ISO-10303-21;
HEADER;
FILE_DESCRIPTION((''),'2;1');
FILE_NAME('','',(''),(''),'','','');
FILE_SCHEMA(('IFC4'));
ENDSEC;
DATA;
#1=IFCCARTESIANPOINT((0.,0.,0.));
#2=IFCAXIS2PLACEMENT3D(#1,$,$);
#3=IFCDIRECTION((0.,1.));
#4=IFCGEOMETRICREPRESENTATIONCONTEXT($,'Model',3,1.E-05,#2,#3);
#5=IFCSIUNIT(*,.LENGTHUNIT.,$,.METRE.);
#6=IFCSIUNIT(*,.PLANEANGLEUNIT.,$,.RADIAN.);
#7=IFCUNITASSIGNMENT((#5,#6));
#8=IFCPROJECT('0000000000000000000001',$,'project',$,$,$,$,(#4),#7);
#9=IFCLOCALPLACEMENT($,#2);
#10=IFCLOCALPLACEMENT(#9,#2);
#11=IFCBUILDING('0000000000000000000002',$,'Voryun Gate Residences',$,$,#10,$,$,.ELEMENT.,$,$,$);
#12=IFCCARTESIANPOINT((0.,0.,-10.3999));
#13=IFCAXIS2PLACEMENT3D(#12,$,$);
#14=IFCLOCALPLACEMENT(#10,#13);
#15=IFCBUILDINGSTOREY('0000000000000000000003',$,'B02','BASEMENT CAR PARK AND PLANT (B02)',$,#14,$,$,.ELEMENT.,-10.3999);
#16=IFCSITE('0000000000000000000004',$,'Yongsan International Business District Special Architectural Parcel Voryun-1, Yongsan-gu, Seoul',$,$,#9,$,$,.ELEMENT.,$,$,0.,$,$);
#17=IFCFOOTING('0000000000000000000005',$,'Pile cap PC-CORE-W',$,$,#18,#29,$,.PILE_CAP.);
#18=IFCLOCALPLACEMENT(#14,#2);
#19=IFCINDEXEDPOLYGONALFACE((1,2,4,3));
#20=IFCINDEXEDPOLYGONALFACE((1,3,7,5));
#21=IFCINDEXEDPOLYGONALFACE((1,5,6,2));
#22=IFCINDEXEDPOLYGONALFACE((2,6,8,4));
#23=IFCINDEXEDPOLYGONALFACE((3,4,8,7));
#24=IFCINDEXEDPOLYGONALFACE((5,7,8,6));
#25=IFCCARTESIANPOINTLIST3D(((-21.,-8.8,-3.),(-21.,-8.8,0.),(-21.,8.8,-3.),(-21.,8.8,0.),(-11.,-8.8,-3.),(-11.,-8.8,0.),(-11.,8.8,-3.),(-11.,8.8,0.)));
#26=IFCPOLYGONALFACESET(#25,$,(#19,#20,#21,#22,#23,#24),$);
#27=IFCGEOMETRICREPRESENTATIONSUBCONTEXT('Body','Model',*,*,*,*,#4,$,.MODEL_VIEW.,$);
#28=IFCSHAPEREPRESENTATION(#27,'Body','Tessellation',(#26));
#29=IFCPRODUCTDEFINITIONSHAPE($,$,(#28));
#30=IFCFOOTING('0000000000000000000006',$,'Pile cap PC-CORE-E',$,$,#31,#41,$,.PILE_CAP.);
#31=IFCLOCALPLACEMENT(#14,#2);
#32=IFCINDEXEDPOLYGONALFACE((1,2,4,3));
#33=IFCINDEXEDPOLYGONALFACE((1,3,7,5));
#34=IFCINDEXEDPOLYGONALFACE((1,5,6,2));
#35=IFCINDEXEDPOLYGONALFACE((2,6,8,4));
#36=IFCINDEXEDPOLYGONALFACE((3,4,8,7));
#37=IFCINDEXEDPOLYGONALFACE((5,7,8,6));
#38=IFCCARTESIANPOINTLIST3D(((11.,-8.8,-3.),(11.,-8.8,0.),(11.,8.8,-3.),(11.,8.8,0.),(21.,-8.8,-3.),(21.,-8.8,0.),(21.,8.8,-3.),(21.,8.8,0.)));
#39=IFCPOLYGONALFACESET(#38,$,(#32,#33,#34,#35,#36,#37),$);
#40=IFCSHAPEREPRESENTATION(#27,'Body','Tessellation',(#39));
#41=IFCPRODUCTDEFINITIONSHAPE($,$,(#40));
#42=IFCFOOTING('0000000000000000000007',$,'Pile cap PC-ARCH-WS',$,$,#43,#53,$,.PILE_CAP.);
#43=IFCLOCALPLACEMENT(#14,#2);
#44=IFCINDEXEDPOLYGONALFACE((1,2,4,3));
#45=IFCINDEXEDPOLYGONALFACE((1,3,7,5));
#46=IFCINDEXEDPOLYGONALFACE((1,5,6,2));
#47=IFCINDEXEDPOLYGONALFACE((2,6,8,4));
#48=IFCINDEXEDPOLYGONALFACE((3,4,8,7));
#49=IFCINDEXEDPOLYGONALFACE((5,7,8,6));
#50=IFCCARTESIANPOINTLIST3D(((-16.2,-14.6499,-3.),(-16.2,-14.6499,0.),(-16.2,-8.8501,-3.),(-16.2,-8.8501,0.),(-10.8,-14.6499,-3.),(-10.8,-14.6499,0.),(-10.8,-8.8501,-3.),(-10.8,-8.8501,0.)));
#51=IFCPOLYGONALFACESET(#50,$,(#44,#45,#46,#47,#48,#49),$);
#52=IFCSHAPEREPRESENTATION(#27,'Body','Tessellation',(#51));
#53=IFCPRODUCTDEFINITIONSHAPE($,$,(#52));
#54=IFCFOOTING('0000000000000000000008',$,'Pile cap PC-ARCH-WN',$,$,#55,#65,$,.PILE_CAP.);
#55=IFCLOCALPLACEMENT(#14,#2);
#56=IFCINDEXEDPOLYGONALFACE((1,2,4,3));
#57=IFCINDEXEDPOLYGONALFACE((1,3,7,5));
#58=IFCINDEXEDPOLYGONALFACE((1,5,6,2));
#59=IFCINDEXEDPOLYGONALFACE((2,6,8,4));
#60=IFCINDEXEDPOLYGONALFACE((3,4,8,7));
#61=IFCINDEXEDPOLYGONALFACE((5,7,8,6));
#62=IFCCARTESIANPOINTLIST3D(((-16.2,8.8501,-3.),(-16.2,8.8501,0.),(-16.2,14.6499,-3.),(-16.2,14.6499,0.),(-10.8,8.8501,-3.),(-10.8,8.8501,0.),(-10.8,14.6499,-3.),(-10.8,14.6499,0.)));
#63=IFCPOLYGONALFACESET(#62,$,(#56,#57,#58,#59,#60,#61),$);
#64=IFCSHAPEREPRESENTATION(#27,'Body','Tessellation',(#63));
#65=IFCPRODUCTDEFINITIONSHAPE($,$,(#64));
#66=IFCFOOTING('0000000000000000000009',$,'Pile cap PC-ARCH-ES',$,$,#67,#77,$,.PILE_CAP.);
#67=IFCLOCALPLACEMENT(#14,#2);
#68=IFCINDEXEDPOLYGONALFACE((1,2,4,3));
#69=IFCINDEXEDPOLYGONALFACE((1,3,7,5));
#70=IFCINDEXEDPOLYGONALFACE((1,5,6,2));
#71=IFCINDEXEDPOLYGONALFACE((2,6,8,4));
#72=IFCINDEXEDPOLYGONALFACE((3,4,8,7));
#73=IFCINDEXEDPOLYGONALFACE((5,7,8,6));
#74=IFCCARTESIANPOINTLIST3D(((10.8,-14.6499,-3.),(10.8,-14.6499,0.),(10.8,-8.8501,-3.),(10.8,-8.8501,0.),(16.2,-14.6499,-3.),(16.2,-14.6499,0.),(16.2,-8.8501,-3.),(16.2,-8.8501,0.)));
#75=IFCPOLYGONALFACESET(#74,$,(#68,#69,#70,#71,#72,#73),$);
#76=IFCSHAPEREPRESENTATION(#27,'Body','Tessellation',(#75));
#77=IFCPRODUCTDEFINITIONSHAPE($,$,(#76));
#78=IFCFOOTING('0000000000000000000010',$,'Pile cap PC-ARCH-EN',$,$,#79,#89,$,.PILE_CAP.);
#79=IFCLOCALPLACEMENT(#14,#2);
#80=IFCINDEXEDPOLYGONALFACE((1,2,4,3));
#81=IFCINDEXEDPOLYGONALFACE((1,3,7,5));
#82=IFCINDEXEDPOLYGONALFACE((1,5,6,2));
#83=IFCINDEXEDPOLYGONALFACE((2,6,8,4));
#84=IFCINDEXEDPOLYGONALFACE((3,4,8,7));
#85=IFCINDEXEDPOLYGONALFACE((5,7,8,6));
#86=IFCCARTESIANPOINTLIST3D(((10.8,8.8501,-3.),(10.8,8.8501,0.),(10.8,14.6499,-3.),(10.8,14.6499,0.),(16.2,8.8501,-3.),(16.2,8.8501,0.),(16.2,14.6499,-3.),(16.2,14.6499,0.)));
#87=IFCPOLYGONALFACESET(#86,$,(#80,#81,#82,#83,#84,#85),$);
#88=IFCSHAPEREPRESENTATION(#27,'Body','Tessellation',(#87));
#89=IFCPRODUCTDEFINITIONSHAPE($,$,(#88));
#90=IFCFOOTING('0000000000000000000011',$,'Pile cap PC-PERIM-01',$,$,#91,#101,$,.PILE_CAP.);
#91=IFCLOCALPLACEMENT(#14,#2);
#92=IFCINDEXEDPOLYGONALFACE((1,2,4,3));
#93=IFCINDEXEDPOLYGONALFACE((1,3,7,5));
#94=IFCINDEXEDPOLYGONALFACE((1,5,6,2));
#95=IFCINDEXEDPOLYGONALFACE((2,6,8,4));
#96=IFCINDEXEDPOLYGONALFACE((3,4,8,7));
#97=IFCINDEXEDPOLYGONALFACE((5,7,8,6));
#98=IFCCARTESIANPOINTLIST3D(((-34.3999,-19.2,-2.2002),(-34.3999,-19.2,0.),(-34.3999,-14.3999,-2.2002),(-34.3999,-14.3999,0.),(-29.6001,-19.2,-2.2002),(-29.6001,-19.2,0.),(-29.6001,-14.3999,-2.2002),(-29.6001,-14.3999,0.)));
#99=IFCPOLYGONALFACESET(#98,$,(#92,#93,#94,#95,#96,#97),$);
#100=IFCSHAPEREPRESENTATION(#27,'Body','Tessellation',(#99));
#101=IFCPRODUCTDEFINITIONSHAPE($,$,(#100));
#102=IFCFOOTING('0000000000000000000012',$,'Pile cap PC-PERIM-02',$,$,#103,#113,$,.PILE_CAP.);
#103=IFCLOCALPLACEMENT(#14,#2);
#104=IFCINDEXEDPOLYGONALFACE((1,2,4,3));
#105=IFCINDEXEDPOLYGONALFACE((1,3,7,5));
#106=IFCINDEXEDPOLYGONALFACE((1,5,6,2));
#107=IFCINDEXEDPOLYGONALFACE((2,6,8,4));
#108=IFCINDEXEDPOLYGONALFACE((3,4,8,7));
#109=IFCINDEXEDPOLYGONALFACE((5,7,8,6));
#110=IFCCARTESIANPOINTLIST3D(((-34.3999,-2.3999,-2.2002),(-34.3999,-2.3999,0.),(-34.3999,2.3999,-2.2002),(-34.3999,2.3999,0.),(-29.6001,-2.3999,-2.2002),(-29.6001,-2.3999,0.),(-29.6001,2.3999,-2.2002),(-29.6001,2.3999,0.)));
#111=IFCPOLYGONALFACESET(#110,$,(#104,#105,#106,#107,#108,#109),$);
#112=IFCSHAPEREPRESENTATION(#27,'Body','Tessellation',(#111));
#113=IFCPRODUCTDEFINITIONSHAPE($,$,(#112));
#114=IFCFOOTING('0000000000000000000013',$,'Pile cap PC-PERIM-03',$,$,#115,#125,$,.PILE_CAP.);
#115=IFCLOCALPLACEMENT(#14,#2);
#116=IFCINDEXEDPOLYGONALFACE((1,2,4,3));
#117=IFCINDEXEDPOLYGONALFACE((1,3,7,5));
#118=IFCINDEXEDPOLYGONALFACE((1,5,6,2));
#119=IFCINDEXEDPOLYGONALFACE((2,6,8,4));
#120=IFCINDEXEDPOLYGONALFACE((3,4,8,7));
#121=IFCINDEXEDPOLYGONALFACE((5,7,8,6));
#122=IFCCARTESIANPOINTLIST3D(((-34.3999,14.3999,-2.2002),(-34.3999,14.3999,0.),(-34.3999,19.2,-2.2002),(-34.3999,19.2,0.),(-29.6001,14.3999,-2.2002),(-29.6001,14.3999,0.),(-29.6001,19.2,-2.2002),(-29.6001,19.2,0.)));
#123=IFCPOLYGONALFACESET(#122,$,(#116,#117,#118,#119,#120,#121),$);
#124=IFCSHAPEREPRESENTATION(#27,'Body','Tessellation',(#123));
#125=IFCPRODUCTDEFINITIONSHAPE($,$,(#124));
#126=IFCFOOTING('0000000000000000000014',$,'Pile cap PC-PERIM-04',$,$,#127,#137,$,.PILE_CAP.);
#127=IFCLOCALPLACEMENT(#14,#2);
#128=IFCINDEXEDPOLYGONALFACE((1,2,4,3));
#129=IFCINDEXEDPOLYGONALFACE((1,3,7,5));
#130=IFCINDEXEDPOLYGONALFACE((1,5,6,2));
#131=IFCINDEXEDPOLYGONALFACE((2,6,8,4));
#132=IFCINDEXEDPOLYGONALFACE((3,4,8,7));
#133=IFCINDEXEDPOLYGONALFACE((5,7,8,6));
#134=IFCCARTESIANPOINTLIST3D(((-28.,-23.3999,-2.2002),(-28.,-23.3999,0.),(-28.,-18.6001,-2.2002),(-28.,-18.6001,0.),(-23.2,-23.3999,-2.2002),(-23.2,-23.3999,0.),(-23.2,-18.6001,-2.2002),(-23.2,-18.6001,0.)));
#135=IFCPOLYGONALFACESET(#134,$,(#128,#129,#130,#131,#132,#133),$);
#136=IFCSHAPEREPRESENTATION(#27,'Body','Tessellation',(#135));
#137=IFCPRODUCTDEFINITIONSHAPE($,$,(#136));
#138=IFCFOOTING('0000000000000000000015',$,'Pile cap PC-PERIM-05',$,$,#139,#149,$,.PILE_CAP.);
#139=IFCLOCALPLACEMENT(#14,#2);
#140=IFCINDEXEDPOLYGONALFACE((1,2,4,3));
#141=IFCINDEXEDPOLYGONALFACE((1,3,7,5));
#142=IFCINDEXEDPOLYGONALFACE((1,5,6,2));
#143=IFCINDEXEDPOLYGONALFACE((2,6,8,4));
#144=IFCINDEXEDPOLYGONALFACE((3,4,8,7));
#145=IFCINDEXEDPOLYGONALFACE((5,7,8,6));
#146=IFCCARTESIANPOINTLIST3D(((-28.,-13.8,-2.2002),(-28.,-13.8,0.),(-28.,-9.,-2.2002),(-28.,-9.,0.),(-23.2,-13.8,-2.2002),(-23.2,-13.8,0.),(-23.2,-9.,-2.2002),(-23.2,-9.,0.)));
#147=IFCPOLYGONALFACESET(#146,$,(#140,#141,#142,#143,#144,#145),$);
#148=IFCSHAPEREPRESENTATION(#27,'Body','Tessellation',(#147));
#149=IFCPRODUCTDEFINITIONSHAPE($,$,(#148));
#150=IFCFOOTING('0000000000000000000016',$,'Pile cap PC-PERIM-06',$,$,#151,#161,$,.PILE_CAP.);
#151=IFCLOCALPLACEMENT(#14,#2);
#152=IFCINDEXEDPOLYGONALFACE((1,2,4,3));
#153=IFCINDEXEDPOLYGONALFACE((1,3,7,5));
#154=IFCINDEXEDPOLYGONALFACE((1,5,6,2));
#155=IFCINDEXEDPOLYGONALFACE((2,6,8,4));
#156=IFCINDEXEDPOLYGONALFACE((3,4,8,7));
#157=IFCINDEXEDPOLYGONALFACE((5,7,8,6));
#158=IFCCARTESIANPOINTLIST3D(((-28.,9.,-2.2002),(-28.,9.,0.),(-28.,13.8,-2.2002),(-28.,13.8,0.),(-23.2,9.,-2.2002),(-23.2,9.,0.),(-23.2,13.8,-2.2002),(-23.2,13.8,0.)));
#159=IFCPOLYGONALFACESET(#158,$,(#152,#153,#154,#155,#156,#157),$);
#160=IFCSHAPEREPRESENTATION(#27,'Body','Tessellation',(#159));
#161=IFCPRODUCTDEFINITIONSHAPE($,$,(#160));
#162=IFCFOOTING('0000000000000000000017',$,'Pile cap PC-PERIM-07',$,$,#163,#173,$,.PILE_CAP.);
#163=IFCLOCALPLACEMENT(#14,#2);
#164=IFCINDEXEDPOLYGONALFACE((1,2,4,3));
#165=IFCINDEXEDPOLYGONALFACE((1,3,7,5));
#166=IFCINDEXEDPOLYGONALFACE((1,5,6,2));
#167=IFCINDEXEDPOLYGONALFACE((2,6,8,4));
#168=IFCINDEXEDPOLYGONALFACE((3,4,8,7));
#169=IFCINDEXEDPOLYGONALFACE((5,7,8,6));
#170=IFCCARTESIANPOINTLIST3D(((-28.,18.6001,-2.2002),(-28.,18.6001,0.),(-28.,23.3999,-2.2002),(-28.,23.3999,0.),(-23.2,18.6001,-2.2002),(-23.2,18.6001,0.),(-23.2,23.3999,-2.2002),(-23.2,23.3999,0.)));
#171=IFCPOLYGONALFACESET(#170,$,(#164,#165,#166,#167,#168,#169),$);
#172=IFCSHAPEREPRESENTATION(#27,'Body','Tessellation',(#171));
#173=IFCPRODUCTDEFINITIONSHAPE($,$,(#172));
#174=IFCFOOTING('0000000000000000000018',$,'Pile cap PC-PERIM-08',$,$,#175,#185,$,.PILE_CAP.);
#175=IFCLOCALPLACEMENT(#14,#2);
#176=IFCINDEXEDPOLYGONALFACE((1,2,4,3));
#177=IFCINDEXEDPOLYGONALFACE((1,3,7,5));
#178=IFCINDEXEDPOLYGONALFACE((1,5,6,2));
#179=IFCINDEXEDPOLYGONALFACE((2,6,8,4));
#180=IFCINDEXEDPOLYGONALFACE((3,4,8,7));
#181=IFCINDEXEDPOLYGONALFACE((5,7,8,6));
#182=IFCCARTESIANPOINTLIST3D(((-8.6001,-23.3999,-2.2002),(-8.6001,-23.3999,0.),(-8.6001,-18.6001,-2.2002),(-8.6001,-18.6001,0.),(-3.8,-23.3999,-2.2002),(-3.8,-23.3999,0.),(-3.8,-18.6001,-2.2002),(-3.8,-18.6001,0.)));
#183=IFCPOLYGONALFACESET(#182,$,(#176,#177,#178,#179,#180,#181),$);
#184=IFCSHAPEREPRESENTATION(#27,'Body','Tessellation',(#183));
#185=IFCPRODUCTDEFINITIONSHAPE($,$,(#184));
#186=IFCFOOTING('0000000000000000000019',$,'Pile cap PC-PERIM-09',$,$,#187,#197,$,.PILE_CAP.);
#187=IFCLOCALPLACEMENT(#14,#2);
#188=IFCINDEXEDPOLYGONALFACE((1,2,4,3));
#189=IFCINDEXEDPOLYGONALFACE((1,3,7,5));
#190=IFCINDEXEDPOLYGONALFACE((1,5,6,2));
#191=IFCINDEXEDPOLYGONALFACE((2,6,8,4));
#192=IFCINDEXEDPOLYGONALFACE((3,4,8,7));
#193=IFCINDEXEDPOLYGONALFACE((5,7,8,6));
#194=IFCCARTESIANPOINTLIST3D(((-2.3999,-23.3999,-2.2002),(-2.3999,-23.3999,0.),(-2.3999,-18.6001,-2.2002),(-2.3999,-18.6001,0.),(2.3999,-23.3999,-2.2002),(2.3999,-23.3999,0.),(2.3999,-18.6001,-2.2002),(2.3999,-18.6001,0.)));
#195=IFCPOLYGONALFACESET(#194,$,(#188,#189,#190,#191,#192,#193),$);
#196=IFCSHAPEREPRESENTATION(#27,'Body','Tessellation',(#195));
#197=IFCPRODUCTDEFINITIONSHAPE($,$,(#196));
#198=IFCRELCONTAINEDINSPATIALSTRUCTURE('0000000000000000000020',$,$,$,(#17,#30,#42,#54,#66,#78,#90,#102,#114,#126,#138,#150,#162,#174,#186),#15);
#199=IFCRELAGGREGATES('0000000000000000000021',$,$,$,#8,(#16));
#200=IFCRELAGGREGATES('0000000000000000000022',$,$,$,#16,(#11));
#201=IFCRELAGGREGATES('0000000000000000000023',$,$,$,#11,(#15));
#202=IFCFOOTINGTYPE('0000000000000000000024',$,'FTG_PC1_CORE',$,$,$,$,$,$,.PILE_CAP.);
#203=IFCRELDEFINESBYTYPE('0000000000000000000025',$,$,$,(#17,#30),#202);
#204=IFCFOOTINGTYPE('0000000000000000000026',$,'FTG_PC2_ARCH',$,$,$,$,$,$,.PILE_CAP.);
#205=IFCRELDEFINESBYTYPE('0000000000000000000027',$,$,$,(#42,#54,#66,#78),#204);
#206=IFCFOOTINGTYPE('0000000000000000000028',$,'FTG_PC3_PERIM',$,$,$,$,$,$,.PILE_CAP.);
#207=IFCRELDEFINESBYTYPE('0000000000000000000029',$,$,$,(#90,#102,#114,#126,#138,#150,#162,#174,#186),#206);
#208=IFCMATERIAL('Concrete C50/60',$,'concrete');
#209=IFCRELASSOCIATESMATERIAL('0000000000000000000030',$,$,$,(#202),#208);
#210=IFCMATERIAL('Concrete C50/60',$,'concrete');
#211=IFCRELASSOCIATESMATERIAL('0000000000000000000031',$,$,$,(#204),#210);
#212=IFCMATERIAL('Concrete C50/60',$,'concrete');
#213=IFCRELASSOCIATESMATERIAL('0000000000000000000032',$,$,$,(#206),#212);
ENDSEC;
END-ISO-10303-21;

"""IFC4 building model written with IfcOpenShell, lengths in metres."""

from ifc_helpers import new_model, si_unit, direction, frame, origin, place, context, subcontext, project, spatial, polyline, outline, extrude, material, type_object, element, save


model = new_model("IFC4")

# Units and contexts
model_context = context("Model", 3, precision=1e-05, world=origin(), true_north=direction((0.0, 1.0)))
body_context = subcontext(model_context, "Body", "Model", "MODEL_VIEW")
ifc_project = project(units=[si_unit("LENGTHUNIT", "METRE"), si_unit("PLANEANGLEUNIT", "RADIAN")], contexts=[model_context])

# Site, building, storey
site_placement = place(None, origin())
site = spatial("IfcSite", under=ifc_project, at=site_placement, Name="Yongsan International Business District Special Architectural Parcel Voryun-1, Yongsan-gu, Seoul", CompositionType="ELEMENT", RefElevation=0.0)
building_placement = place(site_placement, origin())
building = spatial("IfcBuilding", under=site, at=building_placement, Name="Voryun Gate Residences", CompositionType="ELEMENT")
storey_placement = place(building_placement, frame((0.0, 0.0, -10.3999)))
storey = spatial("IfcBuildingStorey", under=building, at=storey_placement, Name="B02", Description="BASEMENT CAR PARK AND PLANT (B02)", CompositionType="ELEMENT", Elevation=-10.3999)

# Footings
ifc_material_1 = material(Name="Concrete C50/60", Category="concrete")
footing_type_1 = type_object("IfcFootingType", Name="FTG_PC1_CORE", PredefinedType="PILE_CAP", material=ifc_material_1)
footing_1_placement = place(storey_placement, frame((0.0, 0.0, -3.0)))
element("IfcFooting", 1, at=footing_1_placement, inside=storey, type_object=footing_type_1, Name="Pile cap PC-CORE-W", PredefinedType="PILE_CAP", context=body_context, shape_type="SweptSolid", body=[
    extrude(outline(polyline([(-21.0, -8.8), (-11.0, -8.8), (-11.0, 8.8), (-21.0, 8.8), (-21.0, -8.8)])), origin(), (0.0, 0.0, 1.0), 3.0),
])
footing_2_placement = place(storey_placement, frame((0.0, 0.0, -3.0)))
element("IfcFooting", 2, at=footing_2_placement, inside=storey, type_object=footing_type_1, Name="Pile cap PC-CORE-E", PredefinedType="PILE_CAP", context=body_context, shape_type="SweptSolid", body=[
    extrude(outline(polyline([(11.0, -8.8), (21.0, -8.8), (21.0, 8.8), (11.0, 8.8), (11.0, -8.8)])), origin(), (0.0, 0.0, 1.0), 3.0),
])
ifc_material_2 = material(Name="Concrete C50/60", Category="concrete")
footing_type_2 = type_object("IfcFootingType", Name="FTG_PC2_ARCH", PredefinedType="PILE_CAP", material=ifc_material_2)
footing_3_placement = place(storey_placement, frame((0.0, 0.0, -3.0)))
element("IfcFooting", 3, at=footing_3_placement, inside=storey, type_object=footing_type_2, Name="Pile cap PC-ARCH-WS", PredefinedType="PILE_CAP", context=body_context, shape_type="SweptSolid", body=[
    extrude(outline(polyline([(-16.2, -14.6499), (-10.8, -14.6499), (-10.8, -8.8501), (-16.2, -8.8501), (-16.2, -14.6499)])), origin(), (0.0, 0.0, 1.0), 3.0),
])
footing_4_placement = place(storey_placement, frame((0.0, 0.0, -3.0)))
element("IfcFooting", 4, at=footing_4_placement, inside=storey, type_object=footing_type_2, Name="Pile cap PC-ARCH-WN", PredefinedType="PILE_CAP", context=body_context, shape_type="SweptSolid", body=[
    extrude(outline(polyline([(-16.2, 8.8501), (-10.8, 8.8501), (-10.8, 14.6499), (-16.2, 14.6499), (-16.2, 8.8501)])), origin(), (0.0, 0.0, 1.0), 3.0),
])
footing_5_placement = place(storey_placement, frame((0.0, 0.0, -3.0)))
element("IfcFooting", 5, at=footing_5_placement, inside=storey, type_object=footing_type_2, Name="Pile cap PC-ARCH-ES", PredefinedType="PILE_CAP", context=body_context, shape_type="SweptSolid", body=[
    extrude(outline(polyline([(10.8, -14.6499), (16.2, -14.6499), (16.2, -8.8501), (10.8, -8.8501), (10.8, -14.6499)])), origin(), (0.0, 0.0, 1.0), 3.0),
])
footing_6_placement = place(storey_placement, frame((0.0, 0.0, -3.0)))
element("IfcFooting", 6, at=footing_6_placement, inside=storey, type_object=footing_type_2, Name="Pile cap PC-ARCH-EN", PredefinedType="PILE_CAP", context=body_context, shape_type="SweptSolid", body=[
    extrude(outline(polyline([(10.8, 8.8501), (16.2, 8.8501), (16.2, 14.6499), (10.8, 14.6499), (10.8, 8.8501)])), origin(), (0.0, 0.0, 1.0), 3.0),
])
ifc_material_3 = material(Name="Concrete C50/60", Category="concrete")
footing_type_3 = type_object("IfcFootingType", Name="FTG_PC3_PERIM", PredefinedType="PILE_CAP", material=ifc_material_3)
footing_7_placement = place(storey_placement, frame((0.0, 0.0, -2.2002)))
element("IfcFooting", 7, at=footing_7_placement, inside=storey, type_object=footing_type_3, Name="Pile cap PC-PERIM-01", PredefinedType="PILE_CAP", context=body_context, shape_type="SweptSolid", body=[
    extrude(outline(polyline([(-34.3999, -19.2), (-29.6001, -19.2), (-29.6001, -14.3999), (-34.3999, -14.3999), (-34.3999, -19.2)])), origin(), (0.0, 0.0, 1.0), 2.2002),
])
footing_8_placement = place(storey_placement, frame((0.0, 0.0, -2.2002)))
element("IfcFooting", 8, at=footing_8_placement, inside=storey, type_object=footing_type_3, Name="Pile cap PC-PERIM-02", PredefinedType="PILE_CAP", context=body_context, shape_type="SweptSolid", body=[
    extrude(outline(polyline([(-34.3999, -2.3999), (-29.6001, -2.3999), (-29.6001, 2.3999), (-34.3999, 2.3999), (-34.3999, -2.3999)])), origin(), (0.0, 0.0, 1.0), 2.2002),
])
footing_9_placement = place(storey_placement, frame((0.0, 0.0, -2.2002)))
element("IfcFooting", 9, at=footing_9_placement, inside=storey, type_object=footing_type_3, Name="Pile cap PC-PERIM-03", PredefinedType="PILE_CAP", context=body_context, shape_type="SweptSolid", body=[
    extrude(outline(polyline([(-34.3999, 14.3999), (-29.6001, 14.3999), (-29.6001, 19.2), (-34.3999, 19.2), (-34.3999, 14.3999)])), origin(), (0.0, 0.0, 1.0), 2.2002),
])
footing_10_placement = place(storey_placement, frame((0.0, 0.0, -2.2002)))
element("IfcFooting", 10, at=footing_10_placement, inside=storey, type_object=footing_type_3, Name="Pile cap PC-PERIM-04", PredefinedType="PILE_CAP", context=body_context, shape_type="SweptSolid", body=[
    extrude(outline(polyline([(-28.0, -23.3999), (-23.2, -23.3999), (-23.2, -18.6001), (-28.0, -18.6001), (-28.0, -23.3999)])), origin(), (0.0, 0.0, 1.0), 2.2002),
])
footing_11_placement = place(storey_placement, frame((0.0, 0.0, -2.2002)))
element("IfcFooting", 11, at=footing_11_placement, inside=storey, type_object=footing_type_3, Name="Pile cap PC-PERIM-05", PredefinedType="PILE_CAP", context=body_context, shape_type="SweptSolid", body=[
    extrude(outline(polyline([(-28.0, -13.8), (-23.2, -13.8), (-23.2, -9.0), (-28.0, -9.0), (-28.0, -13.8)])), origin(), (0.0, 0.0, 1.0), 2.2002),
])
footing_12_placement = place(storey_placement, frame((0.0, 0.0, -2.2002)))
element("IfcFooting", 12, at=footing_12_placement, inside=storey, type_object=footing_type_3, Name="Pile cap PC-PERIM-06", PredefinedType="PILE_CAP", context=body_context, shape_type="SweptSolid", body=[
    extrude(outline(polyline([(-28.0, 9.0), (-23.2, 9.0), (-23.2, 13.8), (-28.0, 13.8), (-28.0, 9.0)])), origin(), (0.0, 0.0, 1.0), 2.2002),
])
footing_13_placement = place(storey_placement, frame((0.0, 0.0, -2.2002)))
element("IfcFooting", 13, at=footing_13_placement, inside=storey, type_object=footing_type_3, Name="Pile cap PC-PERIM-07", PredefinedType="PILE_CAP", context=body_context, shape_type="SweptSolid", body=[
    extrude(outline(polyline([(-28.0, 18.6001), (-23.2, 18.6001), (-23.2, 23.3999), (-28.0, 23.3999), (-28.0, 18.6001)])), origin(), (0.0, 0.0, 1.0), 2.2002),
])
footing_14_placement = place(storey_placement, frame((0.0, 0.0, -2.2002)))
element("IfcFooting", 14, at=footing_14_placement, inside=storey, type_object=footing_type_3, Name="Pile cap PC-PERIM-08", PredefinedType="PILE_CAP", context=body_context, shape_type="SweptSolid", body=[
    extrude(outline(polyline([(-8.6001, -23.3999), (-3.8, -23.3999), (-3.8, -18.6001), (-8.6001, -18.6001), (-8.6001, -23.3999)])), origin(), (0.0, 0.0, 1.0), 2.2002),
])
footing_15_placement = place(storey_placement, frame((0.0, 0.0, -2.2002)))
element("IfcFooting", 15, at=footing_15_placement, inside=storey, type_object=footing_type_3, Name="Pile cap PC-PERIM-09", PredefinedType="PILE_CAP", context=body_context, shape_type="SweptSolid", body=[
    extrude(outline(polyline([(-2.3999, -23.3999), (2.3999, -23.3999), (2.3999, -18.6001), (-2.3999, -18.6001), (-2.3999, -23.3999)])), origin(), (0.0, 0.0, 1.0), 2.2002),
])

save(model, "model.ifc")
